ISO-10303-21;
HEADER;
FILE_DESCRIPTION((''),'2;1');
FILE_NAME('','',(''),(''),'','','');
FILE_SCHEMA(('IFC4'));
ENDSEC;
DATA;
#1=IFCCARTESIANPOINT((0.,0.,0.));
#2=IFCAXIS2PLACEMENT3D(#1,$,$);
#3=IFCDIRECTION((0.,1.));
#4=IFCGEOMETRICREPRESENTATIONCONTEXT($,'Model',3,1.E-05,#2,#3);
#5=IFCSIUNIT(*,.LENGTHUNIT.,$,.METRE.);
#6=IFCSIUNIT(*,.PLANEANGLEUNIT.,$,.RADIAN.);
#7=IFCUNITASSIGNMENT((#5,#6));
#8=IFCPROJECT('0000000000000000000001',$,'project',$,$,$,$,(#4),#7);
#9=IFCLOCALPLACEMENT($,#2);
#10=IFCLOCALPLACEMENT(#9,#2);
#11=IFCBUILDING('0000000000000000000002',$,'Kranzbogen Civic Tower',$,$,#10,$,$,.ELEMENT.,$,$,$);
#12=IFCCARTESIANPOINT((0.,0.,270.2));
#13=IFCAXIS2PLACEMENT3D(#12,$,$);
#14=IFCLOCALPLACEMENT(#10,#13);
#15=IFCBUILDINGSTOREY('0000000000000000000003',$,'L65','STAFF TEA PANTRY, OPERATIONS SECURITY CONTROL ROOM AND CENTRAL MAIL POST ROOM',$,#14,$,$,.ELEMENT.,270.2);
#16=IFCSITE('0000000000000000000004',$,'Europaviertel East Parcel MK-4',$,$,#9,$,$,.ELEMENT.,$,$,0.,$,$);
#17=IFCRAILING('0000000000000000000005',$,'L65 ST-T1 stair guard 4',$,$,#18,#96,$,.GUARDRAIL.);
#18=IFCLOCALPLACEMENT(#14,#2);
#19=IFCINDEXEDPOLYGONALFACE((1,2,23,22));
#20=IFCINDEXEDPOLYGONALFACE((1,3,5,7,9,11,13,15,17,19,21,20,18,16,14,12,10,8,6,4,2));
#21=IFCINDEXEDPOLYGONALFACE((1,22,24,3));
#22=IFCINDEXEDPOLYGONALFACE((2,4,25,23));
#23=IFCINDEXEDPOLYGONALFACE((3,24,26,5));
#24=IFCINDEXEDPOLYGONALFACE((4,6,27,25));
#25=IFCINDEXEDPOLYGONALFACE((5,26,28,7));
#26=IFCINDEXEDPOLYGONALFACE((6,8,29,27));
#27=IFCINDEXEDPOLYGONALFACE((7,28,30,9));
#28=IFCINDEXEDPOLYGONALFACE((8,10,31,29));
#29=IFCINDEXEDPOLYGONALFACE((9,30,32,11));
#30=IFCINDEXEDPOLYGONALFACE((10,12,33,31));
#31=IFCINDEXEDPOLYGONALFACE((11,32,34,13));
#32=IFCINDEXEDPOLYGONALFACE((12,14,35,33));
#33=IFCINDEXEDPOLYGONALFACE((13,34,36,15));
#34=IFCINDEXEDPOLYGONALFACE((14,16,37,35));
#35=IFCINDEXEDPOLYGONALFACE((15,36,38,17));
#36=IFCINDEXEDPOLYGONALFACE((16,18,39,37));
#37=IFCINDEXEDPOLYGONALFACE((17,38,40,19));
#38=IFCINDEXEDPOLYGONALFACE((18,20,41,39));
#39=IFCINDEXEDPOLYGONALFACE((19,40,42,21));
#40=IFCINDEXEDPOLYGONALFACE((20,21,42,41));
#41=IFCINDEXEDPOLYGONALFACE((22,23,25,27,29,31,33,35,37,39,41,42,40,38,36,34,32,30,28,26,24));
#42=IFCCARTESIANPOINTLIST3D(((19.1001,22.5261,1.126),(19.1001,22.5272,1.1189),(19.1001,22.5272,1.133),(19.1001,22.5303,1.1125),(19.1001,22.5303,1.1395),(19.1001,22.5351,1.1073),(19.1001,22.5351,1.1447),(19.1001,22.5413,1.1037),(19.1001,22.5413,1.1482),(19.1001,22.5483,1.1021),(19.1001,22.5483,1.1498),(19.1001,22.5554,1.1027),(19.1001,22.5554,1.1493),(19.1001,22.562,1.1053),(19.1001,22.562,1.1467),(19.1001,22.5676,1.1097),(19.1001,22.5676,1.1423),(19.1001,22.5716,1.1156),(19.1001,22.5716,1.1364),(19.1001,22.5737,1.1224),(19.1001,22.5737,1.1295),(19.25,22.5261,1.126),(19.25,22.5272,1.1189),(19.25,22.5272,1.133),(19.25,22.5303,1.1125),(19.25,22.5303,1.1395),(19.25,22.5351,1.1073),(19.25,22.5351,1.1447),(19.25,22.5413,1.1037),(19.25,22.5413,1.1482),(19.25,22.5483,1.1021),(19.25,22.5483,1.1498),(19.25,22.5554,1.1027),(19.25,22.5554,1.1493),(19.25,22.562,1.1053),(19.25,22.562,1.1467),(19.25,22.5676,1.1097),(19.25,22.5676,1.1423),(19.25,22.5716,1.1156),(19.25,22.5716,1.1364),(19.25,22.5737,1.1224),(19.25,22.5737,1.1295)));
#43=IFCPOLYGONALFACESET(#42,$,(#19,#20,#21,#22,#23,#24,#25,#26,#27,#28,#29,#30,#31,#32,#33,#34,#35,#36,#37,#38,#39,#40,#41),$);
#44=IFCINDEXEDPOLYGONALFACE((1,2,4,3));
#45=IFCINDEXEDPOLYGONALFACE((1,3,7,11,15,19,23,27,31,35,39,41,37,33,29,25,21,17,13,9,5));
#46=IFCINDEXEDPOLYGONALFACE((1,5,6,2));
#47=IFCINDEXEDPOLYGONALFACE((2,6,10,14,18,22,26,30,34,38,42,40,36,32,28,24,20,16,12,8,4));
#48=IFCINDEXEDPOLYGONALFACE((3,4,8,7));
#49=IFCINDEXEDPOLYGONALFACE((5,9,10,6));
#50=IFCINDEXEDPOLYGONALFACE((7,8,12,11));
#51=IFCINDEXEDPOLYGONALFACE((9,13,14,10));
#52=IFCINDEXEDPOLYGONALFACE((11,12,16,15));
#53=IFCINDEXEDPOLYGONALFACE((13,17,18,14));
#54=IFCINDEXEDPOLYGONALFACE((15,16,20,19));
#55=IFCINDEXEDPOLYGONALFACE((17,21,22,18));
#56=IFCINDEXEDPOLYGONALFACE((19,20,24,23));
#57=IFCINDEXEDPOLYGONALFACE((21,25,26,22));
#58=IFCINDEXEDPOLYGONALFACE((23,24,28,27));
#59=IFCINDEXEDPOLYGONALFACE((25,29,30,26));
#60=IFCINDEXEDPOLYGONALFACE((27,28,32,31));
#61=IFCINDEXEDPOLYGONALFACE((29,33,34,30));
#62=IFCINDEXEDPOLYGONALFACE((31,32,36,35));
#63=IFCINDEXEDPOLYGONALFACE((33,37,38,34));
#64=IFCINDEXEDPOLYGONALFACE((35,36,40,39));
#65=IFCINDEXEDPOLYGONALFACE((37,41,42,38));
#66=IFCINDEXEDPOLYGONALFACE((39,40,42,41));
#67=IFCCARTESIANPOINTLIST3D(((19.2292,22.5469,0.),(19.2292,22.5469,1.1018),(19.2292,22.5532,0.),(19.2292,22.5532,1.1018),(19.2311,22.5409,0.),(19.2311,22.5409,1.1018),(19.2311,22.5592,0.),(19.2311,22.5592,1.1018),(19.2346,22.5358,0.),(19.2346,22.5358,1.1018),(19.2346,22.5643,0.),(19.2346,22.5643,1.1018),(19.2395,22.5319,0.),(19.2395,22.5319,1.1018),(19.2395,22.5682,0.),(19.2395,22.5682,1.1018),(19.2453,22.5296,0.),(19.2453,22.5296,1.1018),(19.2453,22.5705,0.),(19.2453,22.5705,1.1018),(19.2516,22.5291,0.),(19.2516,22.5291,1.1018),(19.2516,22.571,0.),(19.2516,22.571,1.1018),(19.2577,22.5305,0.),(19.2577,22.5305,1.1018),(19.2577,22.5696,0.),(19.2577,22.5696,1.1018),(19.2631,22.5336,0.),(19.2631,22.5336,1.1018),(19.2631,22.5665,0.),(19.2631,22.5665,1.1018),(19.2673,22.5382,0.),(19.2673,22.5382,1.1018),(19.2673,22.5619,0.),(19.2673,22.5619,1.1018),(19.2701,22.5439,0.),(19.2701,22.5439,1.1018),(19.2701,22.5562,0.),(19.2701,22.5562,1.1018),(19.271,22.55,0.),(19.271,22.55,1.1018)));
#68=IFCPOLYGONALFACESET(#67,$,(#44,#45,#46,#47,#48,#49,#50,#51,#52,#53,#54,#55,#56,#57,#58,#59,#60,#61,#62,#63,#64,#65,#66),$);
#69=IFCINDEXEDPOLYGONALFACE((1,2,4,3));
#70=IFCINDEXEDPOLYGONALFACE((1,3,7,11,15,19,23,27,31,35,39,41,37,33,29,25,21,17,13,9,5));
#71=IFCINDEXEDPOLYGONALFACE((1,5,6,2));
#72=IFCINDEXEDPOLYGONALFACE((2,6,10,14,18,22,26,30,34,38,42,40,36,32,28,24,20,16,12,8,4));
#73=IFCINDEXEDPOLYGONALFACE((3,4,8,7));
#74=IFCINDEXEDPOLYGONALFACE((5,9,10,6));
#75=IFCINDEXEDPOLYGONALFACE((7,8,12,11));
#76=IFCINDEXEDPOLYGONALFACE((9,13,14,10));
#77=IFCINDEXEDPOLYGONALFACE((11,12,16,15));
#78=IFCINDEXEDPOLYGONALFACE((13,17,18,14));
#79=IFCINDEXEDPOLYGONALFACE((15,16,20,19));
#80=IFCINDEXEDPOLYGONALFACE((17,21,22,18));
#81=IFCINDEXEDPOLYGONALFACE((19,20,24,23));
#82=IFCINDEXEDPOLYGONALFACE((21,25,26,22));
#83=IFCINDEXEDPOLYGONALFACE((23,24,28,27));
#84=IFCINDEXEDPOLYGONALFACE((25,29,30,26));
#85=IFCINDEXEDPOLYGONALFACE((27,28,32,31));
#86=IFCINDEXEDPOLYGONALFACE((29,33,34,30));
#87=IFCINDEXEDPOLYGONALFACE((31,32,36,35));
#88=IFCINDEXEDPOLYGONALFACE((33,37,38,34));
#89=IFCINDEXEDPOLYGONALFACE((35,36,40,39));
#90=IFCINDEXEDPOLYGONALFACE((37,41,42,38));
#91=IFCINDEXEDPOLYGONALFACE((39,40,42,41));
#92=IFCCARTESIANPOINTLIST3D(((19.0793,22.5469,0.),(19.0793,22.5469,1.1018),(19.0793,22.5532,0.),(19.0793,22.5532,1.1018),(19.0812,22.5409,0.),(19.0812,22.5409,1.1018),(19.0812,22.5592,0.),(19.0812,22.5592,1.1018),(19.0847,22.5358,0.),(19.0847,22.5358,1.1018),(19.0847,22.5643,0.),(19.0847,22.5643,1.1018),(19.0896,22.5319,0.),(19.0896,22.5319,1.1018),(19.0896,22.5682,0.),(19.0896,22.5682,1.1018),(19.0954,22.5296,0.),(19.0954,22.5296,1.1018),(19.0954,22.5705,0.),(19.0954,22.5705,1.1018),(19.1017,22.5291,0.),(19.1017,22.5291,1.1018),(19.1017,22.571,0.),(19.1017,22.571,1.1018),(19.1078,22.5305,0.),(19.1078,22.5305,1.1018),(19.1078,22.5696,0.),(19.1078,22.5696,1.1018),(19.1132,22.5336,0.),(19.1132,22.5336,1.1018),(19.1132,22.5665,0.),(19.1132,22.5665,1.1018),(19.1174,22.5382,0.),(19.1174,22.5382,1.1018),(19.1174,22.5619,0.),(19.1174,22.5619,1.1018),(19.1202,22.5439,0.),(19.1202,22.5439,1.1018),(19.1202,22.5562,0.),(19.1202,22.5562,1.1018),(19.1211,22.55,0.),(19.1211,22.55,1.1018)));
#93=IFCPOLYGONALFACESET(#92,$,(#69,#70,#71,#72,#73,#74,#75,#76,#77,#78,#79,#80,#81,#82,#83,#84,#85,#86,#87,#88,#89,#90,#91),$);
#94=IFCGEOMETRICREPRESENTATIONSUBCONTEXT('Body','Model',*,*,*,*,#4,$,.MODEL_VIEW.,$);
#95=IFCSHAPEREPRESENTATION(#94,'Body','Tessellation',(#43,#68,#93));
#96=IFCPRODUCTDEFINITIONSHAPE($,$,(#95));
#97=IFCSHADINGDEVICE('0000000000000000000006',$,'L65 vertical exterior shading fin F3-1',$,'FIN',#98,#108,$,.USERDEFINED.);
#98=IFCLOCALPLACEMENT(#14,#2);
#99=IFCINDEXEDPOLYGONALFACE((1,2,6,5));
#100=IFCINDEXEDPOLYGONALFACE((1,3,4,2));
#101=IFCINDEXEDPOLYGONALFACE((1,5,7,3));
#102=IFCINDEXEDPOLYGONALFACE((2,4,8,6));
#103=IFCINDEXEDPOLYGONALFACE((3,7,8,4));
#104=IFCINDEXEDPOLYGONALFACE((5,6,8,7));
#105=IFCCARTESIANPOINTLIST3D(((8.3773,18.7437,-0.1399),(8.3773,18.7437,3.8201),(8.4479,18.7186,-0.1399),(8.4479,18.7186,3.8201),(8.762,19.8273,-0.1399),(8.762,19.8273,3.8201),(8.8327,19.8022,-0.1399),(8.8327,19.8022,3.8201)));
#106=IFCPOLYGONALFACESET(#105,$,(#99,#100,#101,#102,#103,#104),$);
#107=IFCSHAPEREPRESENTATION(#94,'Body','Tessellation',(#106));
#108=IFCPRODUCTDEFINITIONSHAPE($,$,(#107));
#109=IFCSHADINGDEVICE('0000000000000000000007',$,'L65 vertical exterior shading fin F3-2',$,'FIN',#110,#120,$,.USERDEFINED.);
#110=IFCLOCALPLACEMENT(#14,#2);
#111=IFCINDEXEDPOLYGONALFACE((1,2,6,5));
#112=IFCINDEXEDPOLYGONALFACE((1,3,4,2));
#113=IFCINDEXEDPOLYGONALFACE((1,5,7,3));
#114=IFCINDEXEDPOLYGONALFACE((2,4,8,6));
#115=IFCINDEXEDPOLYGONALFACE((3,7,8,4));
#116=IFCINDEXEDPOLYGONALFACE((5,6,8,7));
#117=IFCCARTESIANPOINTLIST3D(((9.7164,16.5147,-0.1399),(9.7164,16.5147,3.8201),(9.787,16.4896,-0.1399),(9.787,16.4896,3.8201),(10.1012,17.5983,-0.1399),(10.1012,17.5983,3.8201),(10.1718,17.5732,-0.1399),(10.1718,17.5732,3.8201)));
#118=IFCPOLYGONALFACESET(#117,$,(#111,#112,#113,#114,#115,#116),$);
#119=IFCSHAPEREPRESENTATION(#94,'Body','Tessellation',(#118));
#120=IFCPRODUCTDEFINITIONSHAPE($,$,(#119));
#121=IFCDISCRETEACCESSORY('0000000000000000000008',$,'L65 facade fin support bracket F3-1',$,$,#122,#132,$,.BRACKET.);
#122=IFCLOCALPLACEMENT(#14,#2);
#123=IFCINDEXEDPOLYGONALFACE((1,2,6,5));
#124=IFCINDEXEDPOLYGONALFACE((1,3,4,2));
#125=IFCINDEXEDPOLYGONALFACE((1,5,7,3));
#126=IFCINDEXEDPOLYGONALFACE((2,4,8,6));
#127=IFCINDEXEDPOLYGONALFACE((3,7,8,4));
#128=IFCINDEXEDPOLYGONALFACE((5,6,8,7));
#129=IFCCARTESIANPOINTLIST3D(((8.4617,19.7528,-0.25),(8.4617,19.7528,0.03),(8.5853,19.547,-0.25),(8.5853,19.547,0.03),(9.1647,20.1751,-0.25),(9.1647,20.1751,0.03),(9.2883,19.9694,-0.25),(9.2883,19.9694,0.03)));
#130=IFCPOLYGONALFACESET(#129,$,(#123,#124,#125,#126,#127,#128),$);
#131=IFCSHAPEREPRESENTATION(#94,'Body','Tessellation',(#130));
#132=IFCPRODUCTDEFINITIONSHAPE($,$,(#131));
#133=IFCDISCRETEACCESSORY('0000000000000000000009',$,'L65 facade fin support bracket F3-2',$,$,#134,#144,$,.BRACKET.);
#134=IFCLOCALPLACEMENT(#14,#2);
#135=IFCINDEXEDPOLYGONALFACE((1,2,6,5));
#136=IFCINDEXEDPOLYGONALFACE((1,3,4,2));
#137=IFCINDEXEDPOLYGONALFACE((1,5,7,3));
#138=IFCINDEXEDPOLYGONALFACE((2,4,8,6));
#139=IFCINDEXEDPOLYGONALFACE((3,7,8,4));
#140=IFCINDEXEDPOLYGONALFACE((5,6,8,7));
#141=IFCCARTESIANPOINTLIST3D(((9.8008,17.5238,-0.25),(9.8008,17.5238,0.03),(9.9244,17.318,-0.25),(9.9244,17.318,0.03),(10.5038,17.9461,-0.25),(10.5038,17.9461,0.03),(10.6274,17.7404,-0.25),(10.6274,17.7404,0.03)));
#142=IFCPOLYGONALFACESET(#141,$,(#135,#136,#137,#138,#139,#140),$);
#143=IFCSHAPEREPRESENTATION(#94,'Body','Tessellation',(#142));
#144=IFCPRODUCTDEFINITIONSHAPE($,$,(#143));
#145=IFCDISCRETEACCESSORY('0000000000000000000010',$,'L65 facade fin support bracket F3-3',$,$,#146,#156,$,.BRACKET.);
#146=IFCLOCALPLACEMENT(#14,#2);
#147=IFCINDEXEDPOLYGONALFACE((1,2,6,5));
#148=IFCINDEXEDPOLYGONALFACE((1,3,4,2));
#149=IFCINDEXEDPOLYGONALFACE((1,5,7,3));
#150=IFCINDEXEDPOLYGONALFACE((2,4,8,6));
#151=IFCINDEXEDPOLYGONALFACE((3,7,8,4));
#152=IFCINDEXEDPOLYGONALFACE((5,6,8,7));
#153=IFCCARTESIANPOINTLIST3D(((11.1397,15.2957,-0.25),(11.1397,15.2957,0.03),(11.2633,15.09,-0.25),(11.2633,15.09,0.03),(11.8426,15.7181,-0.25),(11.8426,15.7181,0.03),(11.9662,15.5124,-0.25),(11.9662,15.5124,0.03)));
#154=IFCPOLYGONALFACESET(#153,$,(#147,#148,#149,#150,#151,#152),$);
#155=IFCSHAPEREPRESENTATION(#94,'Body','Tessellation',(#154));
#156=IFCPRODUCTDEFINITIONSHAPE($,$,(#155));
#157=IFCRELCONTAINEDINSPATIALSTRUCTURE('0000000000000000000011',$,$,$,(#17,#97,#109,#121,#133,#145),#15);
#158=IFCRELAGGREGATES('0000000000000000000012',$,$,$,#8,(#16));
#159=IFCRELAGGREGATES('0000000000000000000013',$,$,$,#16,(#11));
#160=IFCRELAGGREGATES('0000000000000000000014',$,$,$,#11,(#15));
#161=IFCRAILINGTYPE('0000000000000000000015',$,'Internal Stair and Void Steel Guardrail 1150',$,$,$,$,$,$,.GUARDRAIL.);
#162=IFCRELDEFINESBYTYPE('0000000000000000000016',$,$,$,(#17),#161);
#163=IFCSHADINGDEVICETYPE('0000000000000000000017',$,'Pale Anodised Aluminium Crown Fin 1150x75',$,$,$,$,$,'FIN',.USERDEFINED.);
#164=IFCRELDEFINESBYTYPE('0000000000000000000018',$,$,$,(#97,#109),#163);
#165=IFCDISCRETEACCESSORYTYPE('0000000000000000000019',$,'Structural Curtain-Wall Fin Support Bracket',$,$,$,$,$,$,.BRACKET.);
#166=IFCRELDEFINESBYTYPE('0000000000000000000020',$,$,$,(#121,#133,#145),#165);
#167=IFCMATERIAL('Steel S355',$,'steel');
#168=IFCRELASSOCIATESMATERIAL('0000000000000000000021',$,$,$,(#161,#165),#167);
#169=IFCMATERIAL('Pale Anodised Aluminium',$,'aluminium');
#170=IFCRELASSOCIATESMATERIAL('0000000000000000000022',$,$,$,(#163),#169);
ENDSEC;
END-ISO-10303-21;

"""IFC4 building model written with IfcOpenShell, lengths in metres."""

from ifc_helpers import new_model, si_unit, direction, frame, origin, origin_2d, place, context, subcontext, project, spatial, rectangle, circle, extrude, material, type_object, element, save


model = new_model("IFC4")

# Units and contexts
model_context = context("Model", 3, precision=1e-05, world=origin(), true_north=direction((0.0, 1.0)))
body_context = subcontext(model_context, "Body", "Model", "MODEL_VIEW")
ifc_project = project(units=[si_unit("LENGTHUNIT", "METRE"), si_unit("PLANEANGLEUNIT", "RADIAN")], contexts=[model_context])

# Site, building, storey
site_placement = place(None, origin())
site = spatial("IfcSite", under=ifc_project, at=site_placement, Name="Europaviertel East Parcel MK-4", CompositionType="ELEMENT", RefElevation=0.0)
building_placement = place(site_placement, origin())
building = spatial("IfcBuilding", under=site, at=building_placement, Name="Kranzbogen Civic Tower", CompositionType="ELEMENT")
storey_placement = place(building_placement, frame((0.0, 0.0, 270.2)))
storey = spatial("IfcBuildingStorey", under=building, at=storey_placement, Name="L65", Description="STAFF TEA PANTRY, OPERATIONS SECURITY CONTROL ROOM AND CENTRAL MAIL POST ROOM", CompositionType="ELEMENT", Elevation=270.2)

# Shared definitions
ifc_material_1 = material(Name="Steel S355", Category="steel")

# Shared definitions
ifc_material_2 = material(Name="Pale Anodised Aluminium", Category="aluminium")

# Railing
railing_type = type_object("IfcRailingType", Name="Internal Stair and Void Steel Guardrail 1150", PredefinedType="GUARDRAIL", material=ifc_material_1)
railing_1_placement = place(storey_placement, frame((19.25, 22.55, 0.0)))
element("IfcRailing", 1, at=railing_1_placement, inside=storey, type_object=railing_type, Name="L65 ST-T1 stair guard 4", PredefinedType="GUARDRAIL", context=body_context, shape_type="SweptSolid", body=[
    extrude(circle(Radius=0.0239, at=origin_2d()), frame((0.0, 0.0, 1.126), z_axis=(-1.0, 0.0, 0.0), x_axis=(0.0, -1.0, 0.0)), (0.0, 0.0, 1.0), 0.1499),
    extrude(circle(Radius=0.021, at=origin_2d()), origin(), (0.0, 0.0, 1.0), 1.1018),
    extrude(circle(Radius=0.021, at=origin_2d()), frame((-0.1499, 0.0, 0.0)), (0.0, 0.0, 1.0), 1.1018),
])

# Shading devices
shading_device_type = type_object("IfcShadingDeviceType", Name="Pale Anodised Aluminium Crown Fin 1150x75", ElementType="FIN", PredefinedType="USERDEFINED", material=ifc_material_2)
for number, where, z_axis, x_axis, name in (
    (2, (8.605, 19.2729, -0.1399), (0.0, 0.0, 1.0), (-0.334596, -0.942362, 0.0), "L65 vertical exterior shading fin F3-1"),
    (3, (9.9441, 17.0439, -0.1399), (0.0, 0.0, 1.0), (-0.334596, -0.942362, 0.0), "L65 vertical exterior shading fin F3-2"),
):
    element("IfcShadingDevice", number, at=place(storey_placement, frame(where, z_axis=z_axis, x_axis=x_axis)), inside=storey, type_object=shading_device_type, Name=name, ObjectType="FIN", PredefinedType="USERDEFINED", context=body_context, shape_type="SweptSolid", body=[
        extrude(rectangle(XDim=1.1499, YDim=0.075, at=origin_2d()), origin(), (0.0, 0.0, 1.0), 3.96),
    ])

# Discrete accessories
discrete_accessory_type = type_object("IfcDiscreteAccessoryType", Name="Structural Curtain-Wall Fin Support Bracket", PredefinedType="BRACKET", material=ifc_material_1)
for number, where, z_axis, x_axis, name in (
    (4, (8.875, 19.8611, -0.25), (0.0, 0.0, 1.0), (-0.857167, -0.515038, 0.0), "L65 facade fin support bracket F3-1"),
    (5, (10.2141, 17.6321, -0.25), (0.0, 0.0, 1.0), (-0.857167, -0.515038, 0.0), "L65 facade fin support bracket F3-2"),
    (6, (11.553, 15.4041, -0.25), (0.0, 0.0, 1.0), (-0.857167, -0.515038, 0.0), "L65 facade fin support bracket F3-3"),
):
    element("IfcDiscreteAccessory", number, at=place(storey_placement, frame(where, z_axis=z_axis, x_axis=x_axis)), inside=storey, type_object=discrete_accessory_type, Name=name, PredefinedType="BRACKET", context=body_context, shape_type="SweptSolid", body=[
        extrude(rectangle(XDim=0.8201, YDim=0.24, at=origin_2d()), origin(), (0.0, 0.0, 1.0), 0.28),
    ])

save(model, "model.ifc")
